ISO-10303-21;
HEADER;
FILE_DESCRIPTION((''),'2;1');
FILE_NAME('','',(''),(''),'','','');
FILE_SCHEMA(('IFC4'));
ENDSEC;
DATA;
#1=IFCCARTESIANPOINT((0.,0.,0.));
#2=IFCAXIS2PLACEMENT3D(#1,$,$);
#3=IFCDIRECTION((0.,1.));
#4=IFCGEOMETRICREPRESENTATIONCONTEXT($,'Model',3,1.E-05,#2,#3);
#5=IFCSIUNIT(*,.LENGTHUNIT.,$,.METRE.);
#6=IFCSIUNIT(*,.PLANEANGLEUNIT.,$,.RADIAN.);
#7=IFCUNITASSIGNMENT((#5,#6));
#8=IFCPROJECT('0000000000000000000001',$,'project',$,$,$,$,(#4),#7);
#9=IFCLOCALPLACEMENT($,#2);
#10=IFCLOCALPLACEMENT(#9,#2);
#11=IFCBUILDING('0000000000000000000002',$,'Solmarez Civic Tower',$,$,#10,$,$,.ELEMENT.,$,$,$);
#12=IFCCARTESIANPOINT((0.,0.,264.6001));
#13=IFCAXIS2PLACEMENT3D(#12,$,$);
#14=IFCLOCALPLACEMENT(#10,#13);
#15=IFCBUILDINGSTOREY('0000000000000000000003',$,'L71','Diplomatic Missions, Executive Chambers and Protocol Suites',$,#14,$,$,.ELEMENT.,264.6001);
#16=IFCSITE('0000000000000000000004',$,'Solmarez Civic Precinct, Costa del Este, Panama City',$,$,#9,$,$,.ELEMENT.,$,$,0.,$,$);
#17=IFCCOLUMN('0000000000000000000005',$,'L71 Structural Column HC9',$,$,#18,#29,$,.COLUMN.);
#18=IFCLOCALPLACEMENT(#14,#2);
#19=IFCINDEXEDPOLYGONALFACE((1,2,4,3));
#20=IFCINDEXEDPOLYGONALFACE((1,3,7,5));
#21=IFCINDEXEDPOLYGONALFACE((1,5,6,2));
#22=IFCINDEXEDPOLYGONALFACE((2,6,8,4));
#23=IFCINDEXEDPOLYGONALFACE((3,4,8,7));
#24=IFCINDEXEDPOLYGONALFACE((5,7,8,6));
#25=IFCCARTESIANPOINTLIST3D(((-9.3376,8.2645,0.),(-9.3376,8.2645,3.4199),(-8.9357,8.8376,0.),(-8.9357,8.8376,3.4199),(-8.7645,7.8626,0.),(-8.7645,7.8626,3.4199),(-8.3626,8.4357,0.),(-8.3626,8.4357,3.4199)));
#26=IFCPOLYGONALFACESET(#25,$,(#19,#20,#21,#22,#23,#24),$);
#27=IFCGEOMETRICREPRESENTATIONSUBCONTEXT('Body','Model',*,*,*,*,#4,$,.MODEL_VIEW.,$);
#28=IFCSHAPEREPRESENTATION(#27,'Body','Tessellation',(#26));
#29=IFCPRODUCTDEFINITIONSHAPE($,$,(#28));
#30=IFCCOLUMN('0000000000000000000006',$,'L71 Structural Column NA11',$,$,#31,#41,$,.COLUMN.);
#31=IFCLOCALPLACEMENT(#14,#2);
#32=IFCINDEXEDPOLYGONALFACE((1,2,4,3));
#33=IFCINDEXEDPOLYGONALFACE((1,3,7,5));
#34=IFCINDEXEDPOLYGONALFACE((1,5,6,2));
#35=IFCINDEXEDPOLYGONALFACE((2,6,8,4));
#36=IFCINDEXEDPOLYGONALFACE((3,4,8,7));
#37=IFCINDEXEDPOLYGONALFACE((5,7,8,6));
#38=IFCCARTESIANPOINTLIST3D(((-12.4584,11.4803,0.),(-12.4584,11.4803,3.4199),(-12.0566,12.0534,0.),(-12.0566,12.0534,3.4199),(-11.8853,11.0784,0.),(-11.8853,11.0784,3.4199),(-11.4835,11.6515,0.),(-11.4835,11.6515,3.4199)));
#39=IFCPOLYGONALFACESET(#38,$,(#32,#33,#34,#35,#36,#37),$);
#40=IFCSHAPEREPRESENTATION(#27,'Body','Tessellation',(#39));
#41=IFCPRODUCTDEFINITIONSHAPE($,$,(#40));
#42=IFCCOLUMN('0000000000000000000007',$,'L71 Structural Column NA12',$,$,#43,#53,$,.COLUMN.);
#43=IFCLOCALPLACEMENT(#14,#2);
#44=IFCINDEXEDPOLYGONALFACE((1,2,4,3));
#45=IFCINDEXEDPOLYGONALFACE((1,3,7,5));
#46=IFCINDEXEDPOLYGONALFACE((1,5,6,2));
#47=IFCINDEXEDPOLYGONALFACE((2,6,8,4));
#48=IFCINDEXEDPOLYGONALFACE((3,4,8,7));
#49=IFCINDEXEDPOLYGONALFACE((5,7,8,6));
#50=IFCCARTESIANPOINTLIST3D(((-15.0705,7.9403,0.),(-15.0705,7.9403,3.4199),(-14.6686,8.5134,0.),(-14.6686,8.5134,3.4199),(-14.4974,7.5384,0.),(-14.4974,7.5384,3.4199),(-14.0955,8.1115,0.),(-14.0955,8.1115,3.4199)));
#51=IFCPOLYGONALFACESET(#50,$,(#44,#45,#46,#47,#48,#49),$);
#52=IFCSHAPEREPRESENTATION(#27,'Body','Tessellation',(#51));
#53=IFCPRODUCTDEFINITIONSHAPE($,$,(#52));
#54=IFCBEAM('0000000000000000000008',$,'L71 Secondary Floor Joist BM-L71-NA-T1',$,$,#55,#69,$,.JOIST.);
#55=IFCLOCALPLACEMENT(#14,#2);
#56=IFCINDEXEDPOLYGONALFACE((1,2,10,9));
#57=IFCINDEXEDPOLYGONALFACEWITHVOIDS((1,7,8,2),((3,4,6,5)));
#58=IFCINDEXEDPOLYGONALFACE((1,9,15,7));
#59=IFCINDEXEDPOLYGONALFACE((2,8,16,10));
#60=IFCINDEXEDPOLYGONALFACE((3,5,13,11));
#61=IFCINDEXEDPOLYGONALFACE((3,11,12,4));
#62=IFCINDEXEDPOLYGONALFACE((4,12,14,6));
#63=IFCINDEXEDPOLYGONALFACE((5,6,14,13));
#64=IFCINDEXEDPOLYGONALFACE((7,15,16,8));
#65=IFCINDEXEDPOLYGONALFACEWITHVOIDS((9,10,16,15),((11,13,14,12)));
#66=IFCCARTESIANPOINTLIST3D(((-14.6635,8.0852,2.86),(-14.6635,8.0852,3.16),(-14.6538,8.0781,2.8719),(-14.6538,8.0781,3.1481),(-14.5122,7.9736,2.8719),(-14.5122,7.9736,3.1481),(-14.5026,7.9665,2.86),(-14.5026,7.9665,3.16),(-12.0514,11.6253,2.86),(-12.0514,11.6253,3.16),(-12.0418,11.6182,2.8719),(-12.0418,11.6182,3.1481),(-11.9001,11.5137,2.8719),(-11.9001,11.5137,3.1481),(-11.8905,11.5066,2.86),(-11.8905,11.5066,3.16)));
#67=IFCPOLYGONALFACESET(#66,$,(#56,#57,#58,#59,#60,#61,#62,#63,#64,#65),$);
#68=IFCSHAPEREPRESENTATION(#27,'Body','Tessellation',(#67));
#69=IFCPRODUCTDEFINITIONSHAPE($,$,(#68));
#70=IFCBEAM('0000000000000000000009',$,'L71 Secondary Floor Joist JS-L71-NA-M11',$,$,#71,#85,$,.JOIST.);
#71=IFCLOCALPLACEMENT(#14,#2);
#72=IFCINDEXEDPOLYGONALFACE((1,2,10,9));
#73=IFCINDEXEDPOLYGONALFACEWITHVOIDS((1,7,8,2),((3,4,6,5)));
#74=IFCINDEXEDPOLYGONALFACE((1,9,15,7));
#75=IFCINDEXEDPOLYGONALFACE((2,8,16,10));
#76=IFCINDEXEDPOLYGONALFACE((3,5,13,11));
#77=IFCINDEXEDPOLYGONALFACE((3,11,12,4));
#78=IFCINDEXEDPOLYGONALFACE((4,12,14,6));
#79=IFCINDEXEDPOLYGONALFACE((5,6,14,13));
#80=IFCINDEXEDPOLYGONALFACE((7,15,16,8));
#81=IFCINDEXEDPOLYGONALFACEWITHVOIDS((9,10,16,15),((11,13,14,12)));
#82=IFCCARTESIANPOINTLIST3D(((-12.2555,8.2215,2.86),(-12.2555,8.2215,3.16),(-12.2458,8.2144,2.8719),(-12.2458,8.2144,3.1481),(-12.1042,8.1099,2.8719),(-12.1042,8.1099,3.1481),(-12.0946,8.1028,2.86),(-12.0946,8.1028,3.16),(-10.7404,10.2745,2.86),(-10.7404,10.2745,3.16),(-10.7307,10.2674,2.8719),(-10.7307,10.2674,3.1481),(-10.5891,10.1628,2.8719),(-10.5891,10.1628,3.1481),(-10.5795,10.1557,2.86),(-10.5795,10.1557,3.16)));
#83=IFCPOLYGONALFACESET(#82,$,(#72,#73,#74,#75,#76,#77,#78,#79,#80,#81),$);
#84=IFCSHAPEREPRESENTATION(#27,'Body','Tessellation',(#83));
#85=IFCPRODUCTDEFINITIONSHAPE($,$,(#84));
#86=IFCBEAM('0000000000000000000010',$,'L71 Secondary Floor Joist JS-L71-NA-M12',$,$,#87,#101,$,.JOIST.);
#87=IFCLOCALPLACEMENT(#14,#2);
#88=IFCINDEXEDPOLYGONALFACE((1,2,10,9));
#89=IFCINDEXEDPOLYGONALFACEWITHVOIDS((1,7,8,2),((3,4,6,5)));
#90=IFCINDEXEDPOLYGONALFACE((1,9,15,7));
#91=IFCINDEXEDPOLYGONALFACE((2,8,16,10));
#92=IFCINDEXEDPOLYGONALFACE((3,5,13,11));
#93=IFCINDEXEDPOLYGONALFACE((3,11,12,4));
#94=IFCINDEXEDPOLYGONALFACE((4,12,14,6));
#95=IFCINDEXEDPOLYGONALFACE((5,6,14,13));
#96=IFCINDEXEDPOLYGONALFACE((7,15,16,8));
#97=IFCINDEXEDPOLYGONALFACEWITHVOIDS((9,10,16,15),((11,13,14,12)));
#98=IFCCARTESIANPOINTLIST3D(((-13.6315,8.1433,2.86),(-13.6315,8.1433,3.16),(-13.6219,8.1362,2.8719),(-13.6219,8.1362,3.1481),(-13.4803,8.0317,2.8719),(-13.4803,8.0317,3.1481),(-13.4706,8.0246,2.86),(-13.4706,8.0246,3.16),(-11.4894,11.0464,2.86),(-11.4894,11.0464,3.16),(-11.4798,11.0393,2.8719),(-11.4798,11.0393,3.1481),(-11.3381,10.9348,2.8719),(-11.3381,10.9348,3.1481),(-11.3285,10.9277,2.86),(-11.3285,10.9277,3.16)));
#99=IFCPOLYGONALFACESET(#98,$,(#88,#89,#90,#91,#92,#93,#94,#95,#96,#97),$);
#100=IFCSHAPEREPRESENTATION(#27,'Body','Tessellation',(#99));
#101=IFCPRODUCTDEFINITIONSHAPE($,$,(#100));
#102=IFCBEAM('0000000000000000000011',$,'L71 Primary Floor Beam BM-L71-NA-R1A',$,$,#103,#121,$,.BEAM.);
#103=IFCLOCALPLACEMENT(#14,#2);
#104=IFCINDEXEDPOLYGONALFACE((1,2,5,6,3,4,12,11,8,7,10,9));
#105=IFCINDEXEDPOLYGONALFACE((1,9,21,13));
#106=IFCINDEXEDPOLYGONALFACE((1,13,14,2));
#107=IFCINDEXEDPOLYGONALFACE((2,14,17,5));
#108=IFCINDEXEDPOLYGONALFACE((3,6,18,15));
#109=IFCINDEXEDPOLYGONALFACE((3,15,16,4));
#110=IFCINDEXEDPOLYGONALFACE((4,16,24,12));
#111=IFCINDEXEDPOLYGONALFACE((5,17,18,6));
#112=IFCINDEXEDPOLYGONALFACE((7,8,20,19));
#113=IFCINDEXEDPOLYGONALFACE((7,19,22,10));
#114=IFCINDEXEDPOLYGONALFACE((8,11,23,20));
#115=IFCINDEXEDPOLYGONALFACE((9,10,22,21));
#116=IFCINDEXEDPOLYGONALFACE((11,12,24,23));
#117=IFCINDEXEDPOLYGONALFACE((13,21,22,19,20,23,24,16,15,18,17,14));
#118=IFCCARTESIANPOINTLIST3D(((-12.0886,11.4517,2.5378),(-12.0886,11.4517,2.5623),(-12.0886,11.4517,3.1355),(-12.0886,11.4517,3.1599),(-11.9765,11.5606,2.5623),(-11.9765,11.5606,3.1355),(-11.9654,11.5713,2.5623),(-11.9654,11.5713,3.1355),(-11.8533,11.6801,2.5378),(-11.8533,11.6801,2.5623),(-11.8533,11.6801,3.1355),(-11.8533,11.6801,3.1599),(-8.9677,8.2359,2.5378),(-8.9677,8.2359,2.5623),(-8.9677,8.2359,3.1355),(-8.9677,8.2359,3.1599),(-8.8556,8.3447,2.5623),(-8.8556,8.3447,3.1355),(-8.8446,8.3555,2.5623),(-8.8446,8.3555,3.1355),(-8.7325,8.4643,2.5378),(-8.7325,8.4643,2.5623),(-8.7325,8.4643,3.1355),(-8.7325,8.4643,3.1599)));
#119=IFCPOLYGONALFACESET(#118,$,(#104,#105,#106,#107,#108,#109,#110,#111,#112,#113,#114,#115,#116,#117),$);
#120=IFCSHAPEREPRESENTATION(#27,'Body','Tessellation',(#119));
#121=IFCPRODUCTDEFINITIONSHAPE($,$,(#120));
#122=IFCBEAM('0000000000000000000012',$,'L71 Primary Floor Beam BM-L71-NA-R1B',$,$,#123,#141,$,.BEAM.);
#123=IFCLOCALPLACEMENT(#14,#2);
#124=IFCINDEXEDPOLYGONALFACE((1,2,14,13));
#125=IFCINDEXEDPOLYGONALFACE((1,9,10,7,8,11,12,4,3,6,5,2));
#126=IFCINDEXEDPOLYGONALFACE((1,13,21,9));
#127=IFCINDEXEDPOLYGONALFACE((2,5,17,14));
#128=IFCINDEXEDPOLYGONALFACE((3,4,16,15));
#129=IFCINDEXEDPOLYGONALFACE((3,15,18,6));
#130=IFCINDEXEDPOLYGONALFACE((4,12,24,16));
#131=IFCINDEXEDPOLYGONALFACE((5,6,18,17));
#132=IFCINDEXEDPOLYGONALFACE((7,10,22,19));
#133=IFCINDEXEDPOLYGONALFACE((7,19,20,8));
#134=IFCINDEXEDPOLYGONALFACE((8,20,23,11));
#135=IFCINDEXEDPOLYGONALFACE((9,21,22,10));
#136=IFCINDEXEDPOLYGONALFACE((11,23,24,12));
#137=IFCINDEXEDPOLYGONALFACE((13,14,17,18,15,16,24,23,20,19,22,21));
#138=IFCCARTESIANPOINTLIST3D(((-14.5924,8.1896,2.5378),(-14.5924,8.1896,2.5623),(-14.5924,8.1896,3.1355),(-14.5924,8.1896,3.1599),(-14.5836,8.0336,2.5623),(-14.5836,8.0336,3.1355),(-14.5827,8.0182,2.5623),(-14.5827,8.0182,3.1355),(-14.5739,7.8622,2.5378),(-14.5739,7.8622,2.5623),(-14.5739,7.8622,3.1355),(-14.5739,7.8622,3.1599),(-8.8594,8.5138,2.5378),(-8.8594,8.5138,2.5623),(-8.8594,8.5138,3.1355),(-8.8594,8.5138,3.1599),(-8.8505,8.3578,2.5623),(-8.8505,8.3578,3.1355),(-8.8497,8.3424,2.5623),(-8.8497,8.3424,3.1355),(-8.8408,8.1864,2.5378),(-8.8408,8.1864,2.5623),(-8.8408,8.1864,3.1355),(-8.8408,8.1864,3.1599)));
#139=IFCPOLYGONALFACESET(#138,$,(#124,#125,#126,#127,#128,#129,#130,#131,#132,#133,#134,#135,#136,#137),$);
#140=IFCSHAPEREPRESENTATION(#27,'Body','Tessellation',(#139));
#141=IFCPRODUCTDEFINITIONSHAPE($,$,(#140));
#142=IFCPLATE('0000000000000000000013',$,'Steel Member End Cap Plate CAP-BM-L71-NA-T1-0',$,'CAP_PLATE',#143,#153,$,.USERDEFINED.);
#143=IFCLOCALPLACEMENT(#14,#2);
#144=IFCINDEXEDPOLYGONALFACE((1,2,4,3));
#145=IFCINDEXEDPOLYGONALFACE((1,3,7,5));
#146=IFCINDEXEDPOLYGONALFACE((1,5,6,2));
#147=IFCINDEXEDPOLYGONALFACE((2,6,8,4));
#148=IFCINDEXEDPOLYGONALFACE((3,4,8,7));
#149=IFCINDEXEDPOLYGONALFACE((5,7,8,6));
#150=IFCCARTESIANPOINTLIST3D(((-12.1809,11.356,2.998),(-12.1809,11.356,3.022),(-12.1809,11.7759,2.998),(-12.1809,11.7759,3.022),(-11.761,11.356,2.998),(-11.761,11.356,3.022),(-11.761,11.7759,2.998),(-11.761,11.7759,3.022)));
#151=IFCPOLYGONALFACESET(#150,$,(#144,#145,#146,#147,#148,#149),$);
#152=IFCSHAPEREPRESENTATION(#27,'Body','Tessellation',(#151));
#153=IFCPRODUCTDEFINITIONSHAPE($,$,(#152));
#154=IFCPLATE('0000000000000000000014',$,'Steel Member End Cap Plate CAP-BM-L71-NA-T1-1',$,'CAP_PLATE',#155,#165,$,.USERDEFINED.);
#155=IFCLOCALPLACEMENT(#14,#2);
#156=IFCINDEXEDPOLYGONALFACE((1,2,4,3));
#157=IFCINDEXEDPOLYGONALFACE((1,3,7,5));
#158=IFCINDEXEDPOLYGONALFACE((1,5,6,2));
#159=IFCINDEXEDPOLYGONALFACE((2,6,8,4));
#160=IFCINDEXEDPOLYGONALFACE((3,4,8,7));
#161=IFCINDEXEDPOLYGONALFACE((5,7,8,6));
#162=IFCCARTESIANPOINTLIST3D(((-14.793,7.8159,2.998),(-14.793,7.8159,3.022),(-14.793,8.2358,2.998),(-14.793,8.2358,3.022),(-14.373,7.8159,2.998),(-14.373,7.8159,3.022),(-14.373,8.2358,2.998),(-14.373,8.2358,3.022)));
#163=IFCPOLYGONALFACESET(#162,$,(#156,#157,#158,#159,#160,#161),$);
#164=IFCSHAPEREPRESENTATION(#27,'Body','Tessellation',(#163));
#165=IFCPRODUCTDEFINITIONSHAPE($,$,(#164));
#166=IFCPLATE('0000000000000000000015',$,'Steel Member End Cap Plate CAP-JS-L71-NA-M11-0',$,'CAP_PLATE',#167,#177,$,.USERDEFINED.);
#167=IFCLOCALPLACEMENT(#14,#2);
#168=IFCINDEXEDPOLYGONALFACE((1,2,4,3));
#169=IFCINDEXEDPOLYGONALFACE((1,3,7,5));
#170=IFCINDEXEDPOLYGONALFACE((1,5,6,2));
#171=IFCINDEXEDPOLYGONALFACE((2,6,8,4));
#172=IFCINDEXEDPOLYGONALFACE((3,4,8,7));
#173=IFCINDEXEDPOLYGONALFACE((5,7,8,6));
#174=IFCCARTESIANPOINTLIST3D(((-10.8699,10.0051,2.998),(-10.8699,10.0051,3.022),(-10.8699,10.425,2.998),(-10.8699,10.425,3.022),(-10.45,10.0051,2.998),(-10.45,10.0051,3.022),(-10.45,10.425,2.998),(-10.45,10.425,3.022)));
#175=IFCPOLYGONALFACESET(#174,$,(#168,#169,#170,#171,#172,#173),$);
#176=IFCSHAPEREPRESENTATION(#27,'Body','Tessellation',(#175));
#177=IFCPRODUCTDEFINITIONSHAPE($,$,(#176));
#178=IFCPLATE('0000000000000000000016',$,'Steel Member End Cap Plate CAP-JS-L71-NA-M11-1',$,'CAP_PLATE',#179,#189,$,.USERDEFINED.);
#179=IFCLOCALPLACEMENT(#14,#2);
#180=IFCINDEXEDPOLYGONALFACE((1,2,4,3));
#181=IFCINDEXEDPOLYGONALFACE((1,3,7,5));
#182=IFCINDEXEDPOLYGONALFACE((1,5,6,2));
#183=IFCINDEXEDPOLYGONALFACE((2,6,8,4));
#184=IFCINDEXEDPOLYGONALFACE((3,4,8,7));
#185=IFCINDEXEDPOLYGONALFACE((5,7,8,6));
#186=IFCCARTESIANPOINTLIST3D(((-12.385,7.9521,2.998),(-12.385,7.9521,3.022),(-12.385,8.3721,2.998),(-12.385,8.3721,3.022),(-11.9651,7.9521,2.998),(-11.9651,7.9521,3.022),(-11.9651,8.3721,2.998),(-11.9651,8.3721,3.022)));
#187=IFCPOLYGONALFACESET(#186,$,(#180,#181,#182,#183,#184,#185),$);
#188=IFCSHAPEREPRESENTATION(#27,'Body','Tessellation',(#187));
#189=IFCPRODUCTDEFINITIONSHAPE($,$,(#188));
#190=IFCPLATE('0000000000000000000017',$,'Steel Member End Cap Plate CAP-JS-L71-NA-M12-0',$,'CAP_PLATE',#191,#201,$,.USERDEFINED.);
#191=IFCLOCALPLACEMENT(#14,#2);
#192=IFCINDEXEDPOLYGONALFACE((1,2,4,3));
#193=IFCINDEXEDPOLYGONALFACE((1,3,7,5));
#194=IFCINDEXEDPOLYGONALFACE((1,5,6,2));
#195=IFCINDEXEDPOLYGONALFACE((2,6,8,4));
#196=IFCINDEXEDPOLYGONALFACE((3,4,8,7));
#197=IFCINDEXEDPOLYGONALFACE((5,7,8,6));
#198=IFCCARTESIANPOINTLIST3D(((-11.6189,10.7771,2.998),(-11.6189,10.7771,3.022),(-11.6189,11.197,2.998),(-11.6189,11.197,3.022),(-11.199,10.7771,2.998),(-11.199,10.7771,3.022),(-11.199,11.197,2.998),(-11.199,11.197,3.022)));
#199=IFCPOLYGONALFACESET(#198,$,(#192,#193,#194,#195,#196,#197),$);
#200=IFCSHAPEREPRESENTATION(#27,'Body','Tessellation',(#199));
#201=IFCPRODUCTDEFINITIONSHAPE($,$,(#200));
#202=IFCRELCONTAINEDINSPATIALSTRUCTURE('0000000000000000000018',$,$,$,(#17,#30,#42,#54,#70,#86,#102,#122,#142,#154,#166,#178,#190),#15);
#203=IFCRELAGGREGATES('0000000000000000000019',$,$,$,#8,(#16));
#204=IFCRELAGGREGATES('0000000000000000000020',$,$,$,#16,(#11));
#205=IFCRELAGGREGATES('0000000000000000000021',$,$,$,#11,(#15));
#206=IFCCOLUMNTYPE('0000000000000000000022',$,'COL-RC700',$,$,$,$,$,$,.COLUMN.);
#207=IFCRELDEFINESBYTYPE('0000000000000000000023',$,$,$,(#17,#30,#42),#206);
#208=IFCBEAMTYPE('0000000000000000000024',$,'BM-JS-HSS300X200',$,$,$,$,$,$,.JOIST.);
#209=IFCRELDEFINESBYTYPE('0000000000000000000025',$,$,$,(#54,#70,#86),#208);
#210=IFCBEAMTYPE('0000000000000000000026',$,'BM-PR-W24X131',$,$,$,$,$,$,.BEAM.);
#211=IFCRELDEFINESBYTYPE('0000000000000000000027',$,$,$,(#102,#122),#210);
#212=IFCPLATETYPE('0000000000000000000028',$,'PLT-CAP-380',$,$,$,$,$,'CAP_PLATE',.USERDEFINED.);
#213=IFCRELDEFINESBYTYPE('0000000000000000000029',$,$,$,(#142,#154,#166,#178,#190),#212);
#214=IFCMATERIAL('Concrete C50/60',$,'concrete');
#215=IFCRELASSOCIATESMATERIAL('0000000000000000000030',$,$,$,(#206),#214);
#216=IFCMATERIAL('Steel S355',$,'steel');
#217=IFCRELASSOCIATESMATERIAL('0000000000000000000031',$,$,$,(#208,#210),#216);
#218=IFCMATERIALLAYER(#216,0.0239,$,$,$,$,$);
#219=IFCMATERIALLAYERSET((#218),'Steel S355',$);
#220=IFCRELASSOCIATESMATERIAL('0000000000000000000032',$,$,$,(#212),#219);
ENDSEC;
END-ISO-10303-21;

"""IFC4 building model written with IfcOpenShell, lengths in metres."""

from ifc_helpers import new_model, si_unit, direction, frame, origin, origin_2d, place, context, subcontext, project, spatial, rectangle, hollow_rectangle, i_section, extrude, material, layer, layer_set, material_profile, profile_set, type_object, element, save


model = new_model("IFC4")

# Units and contexts
model_context = context("Model", 3, precision=1e-05, world=origin(), true_north=direction((0.0, 1.0)))
body_context = subcontext(model_context, "Body", "Model", "MODEL_VIEW")
ifc_project = project(units=[si_unit("LENGTHUNIT", "METRE"), si_unit("PLANEANGLEUNIT", "RADIAN")], contexts=[model_context])

# Site, building, storey
site_placement = place(None, origin())
site = spatial("IfcSite", under=ifc_project, at=site_placement, Name="Solmarez Civic Precinct, Costa del Este, Panama City", CompositionType="ELEMENT", RefElevation=0.0)
building_placement = place(site_placement, origin())
building = spatial("IfcBuilding", under=site, at=building_placement, Name="Solmarez Civic Tower", CompositionType="ELEMENT")
storey_placement = place(building_placement, frame((0.0, 0.0, 264.6001)))
storey = spatial("IfcBuildingStorey", under=building, at=storey_placement, Name="L71", Description="Diplomatic Missions, Executive Chambers and Protocol Suites", CompositionType="ELEMENT", Elevation=264.6001)

# Columns
ifc_material_1 = material(Name="Concrete C50/60", Category="concrete")
ifc_material_profile_1 = material_profile(ifc_material_1, rectangle(XDim=0.7, YDim=0.7, at=origin_2d()), Name="RC700X700")
ifc_profile_set_1 = profile_set([ifc_material_profile_1], Name="Concrete C50/60")
column_type = type_object("IfcColumnType", Name="COL-RC700", PredefinedType="COLUMN", material=ifc_profile_set_1)
for number, where, z_axis, x_axis, name in (
    (1, (-8.8501, 8.3501, 0.0), (0.0, 0.0, 1.0), (0.574148, 0.818751, 0.0), "L71 Structural Column HC9"),
    (2, (-11.9709, 11.5659, 0.0), (0.0, 0.0, 1.0), (0.574148, 0.818751, 0.0), "L71 Structural Column NA11"),
    (3, (-14.583, 8.0259, 0.0), (0.0, 0.0, 1.0), (0.574148, 0.818751, 0.0), "L71 Structural Column NA12"),
):
    element("IfcColumn", number, at=place(storey_placement, frame(where, z_axis=z_axis, x_axis=x_axis)), inside=storey, type_object=column_type, Name=name, PredefinedType="COLUMN", context=body_context, shape_type="SweptSolid", body=[
        extrude(rectangle(XDim=0.7, YDim=0.7, at=origin_2d()), origin(), (0.0, 0.0, 1.0), 3.4199),
    ])

# Beams
ifc_material_2 = material(Name="Steel S355", Category="steel")
ifc_material_profile_2 = material_profile(ifc_material_2, hollow_rectangle(XDim=0.2, YDim=0.3, WallThickness=0.012, at=origin_2d()), Name="HSS300X200X12")
ifc_profile_set_2 = profile_set([ifc_material_profile_2], Name="Steel S355")
beam_type_1 = type_object("IfcBeamType", Name="BM-JS-HSS300X200", PredefinedType="JOIST", material=ifc_profile_set_2)
beam_1_placement = place(storey_placement, frame((-11.9709, 11.5659, 3.01), z_axis=(-0.593731, -0.804664, 0.0), x_axis=(0.804664, -0.593731, 0.0)))
element("IfcBeam", 4, at=beam_1_placement, inside=storey, type_object=beam_type_1, Name="L71 Secondary Floor Joist BM-L71-NA-T1", PredefinedType="JOIST", context=body_context, shape_type="SweptSolid", body=[
    extrude(hollow_rectangle(XDim=0.2, YDim=0.3, WallThickness=0.012, at=origin_2d()), origin(), (0.0, 0.0, 1.0), 4.3994),
])
beam_2_placement = place(storey_placement, frame((-10.6599, 10.2151, 3.01), z_axis=(-0.593812, -0.804603, 0.0), x_axis=(0.804603, -0.593812, 0.0)))
element("IfcBeam", 5, at=beam_2_placement, inside=storey, type_object=beam_type_1, Name="L71 Secondary Floor Joist JS-L71-NA-M11", PredefinedType="JOIST", context=body_context, shape_type="SweptSolid", body=[
    extrude(hollow_rectangle(XDim=0.2, YDim=0.3, WallThickness=0.012, at=origin_2d()), origin(), (0.0, 0.0, 1.0), 2.5515),
])
beam_3_placement = place(storey_placement, frame((-11.4089, 10.9871, 3.01), z_axis=(-0.593734, -0.804661, 0.0), x_axis=(0.804661, -0.593734, 0.0)))
element("IfcBeam", 6, at=beam_3_placement, inside=storey, type_object=beam_type_1, Name="L71 Secondary Floor Joist JS-L71-NA-M12", PredefinedType="JOIST", context=body_context, shape_type="SweptSolid", body=[
    extrude(hollow_rectangle(XDim=0.2, YDim=0.3, WallThickness=0.012, at=origin_2d()), origin(), (0.0, 0.0, 1.0), 3.6079),
])
ifc_material_profile_3 = material_profile(ifc_material_2, i_section(OverallWidth=0.3279, OverallDepth=0.6221, WebThickness=0.0154, FlangeThickness=0.0244, at=origin_2d()), Name="W24X131")
ifc_profile_set_3 = profile_set([ifc_material_profile_3], Name="Steel S355")
beam_type_2 = type_object("IfcBeamType", Name="BM-PR-W24X131", PredefinedType="BEAM", material=ifc_profile_set_3)
beam_4_placement = place(storey_placement, frame((-8.8501, 8.3501, 2.8489), z_axis=(-0.696431, 0.717624, 0.0), x_axis=(-0.717624, -0.696431, 0.0)))
element("IfcBeam", 7, at=beam_4_placement, inside=storey, type_object=beam_type_2, Name="L71 Primary Floor Beam BM-L71-NA-R1A", PredefinedType="BEAM", context=body_context, shape_type="SweptSolid", body=[
    extrude(i_section(OverallWidth=0.3279, OverallDepth=0.6221, WebThickness=0.0154, FlangeThickness=0.0244, at=origin_2d()), origin(), (0.0, 0.0, 1.0), 4.4812),
])
beam_5_placement = place(storey_placement, frame((-8.8501, 8.3501, 2.8489), z_axis=(-0.998405, -0.056464, 0.0), x_axis=(0.056464, -0.998405, 0.0)))
element("IfcBeam", 8, at=beam_5_placement, inside=storey, type_object=beam_type_2, Name="L71 Primary Floor Beam BM-L71-NA-R1B", PredefinedType="BEAM", context=body_context, shape_type="SweptSolid", body=[
    extrude(i_section(OverallWidth=0.3279, OverallDepth=0.6221, WebThickness=0.0154, FlangeThickness=0.0244, at=origin_2d()), origin(), (0.0, 0.0, 1.0), 5.7422),
])

# Plates
ifc_layer_1 = layer(ifc_material_2, 0.0239)
ifc_layer_set_1 = layer_set([ifc_layer_1], Name="Steel S355")
plate_type = type_object("IfcPlateType", Name="PLT-CAP-380", ElementType="CAP_PLATE", PredefinedType="USERDEFINED", material=ifc_layer_set_1)
for number, where, z_axis, x_axis, name in (
    (9, (-11.9709, 11.5659, 2.998), (0.0, 0.0, 1.0), (1.0, 0.0, 0.0), "Steel Member End Cap Plate CAP-BM-L71-NA-T1-0"),
    (10, (-14.583, 8.0259, 2.998), (0.0, 0.0, 1.0), (1.0, 0.0, 0.0), "Steel Member End Cap Plate CAP-BM-L71-NA-T1-1"),
    (11, (-10.6599, 10.2151, 2.998), (0.0, 0.0, 1.0), (1.0, 0.0, 0.0), "Steel Member End Cap Plate CAP-JS-L71-NA-M11-0"),
    (12, (-12.175, 8.1621, 2.998), (0.0, 0.0, 1.0), (1.0, 0.0, 0.0), "Steel Member End Cap Plate CAP-JS-L71-NA-M11-1"),
    (13, (-11.4089, 10.9871, 2.998), (0.0, 0.0, 1.0), (1.0, 0.0, 0.0), "Steel Member End Cap Plate CAP-JS-L71-NA-M12-0"),
):
    element("IfcPlate", number, at=place(storey_placement, frame(where, z_axis=z_axis, x_axis=x_axis)), inside=storey, type_object=plate_type, Name=name, ObjectType="CAP_PLATE", PredefinedType="USERDEFINED", context=body_context, shape_type="SweptSolid", body=[
        extrude(rectangle(XDim=0.4199, YDim=0.4199, at=origin_2d()), origin(), (0.0, 0.0, 1.0), 0.0239),
    ])

save(model, "model.ifc")
